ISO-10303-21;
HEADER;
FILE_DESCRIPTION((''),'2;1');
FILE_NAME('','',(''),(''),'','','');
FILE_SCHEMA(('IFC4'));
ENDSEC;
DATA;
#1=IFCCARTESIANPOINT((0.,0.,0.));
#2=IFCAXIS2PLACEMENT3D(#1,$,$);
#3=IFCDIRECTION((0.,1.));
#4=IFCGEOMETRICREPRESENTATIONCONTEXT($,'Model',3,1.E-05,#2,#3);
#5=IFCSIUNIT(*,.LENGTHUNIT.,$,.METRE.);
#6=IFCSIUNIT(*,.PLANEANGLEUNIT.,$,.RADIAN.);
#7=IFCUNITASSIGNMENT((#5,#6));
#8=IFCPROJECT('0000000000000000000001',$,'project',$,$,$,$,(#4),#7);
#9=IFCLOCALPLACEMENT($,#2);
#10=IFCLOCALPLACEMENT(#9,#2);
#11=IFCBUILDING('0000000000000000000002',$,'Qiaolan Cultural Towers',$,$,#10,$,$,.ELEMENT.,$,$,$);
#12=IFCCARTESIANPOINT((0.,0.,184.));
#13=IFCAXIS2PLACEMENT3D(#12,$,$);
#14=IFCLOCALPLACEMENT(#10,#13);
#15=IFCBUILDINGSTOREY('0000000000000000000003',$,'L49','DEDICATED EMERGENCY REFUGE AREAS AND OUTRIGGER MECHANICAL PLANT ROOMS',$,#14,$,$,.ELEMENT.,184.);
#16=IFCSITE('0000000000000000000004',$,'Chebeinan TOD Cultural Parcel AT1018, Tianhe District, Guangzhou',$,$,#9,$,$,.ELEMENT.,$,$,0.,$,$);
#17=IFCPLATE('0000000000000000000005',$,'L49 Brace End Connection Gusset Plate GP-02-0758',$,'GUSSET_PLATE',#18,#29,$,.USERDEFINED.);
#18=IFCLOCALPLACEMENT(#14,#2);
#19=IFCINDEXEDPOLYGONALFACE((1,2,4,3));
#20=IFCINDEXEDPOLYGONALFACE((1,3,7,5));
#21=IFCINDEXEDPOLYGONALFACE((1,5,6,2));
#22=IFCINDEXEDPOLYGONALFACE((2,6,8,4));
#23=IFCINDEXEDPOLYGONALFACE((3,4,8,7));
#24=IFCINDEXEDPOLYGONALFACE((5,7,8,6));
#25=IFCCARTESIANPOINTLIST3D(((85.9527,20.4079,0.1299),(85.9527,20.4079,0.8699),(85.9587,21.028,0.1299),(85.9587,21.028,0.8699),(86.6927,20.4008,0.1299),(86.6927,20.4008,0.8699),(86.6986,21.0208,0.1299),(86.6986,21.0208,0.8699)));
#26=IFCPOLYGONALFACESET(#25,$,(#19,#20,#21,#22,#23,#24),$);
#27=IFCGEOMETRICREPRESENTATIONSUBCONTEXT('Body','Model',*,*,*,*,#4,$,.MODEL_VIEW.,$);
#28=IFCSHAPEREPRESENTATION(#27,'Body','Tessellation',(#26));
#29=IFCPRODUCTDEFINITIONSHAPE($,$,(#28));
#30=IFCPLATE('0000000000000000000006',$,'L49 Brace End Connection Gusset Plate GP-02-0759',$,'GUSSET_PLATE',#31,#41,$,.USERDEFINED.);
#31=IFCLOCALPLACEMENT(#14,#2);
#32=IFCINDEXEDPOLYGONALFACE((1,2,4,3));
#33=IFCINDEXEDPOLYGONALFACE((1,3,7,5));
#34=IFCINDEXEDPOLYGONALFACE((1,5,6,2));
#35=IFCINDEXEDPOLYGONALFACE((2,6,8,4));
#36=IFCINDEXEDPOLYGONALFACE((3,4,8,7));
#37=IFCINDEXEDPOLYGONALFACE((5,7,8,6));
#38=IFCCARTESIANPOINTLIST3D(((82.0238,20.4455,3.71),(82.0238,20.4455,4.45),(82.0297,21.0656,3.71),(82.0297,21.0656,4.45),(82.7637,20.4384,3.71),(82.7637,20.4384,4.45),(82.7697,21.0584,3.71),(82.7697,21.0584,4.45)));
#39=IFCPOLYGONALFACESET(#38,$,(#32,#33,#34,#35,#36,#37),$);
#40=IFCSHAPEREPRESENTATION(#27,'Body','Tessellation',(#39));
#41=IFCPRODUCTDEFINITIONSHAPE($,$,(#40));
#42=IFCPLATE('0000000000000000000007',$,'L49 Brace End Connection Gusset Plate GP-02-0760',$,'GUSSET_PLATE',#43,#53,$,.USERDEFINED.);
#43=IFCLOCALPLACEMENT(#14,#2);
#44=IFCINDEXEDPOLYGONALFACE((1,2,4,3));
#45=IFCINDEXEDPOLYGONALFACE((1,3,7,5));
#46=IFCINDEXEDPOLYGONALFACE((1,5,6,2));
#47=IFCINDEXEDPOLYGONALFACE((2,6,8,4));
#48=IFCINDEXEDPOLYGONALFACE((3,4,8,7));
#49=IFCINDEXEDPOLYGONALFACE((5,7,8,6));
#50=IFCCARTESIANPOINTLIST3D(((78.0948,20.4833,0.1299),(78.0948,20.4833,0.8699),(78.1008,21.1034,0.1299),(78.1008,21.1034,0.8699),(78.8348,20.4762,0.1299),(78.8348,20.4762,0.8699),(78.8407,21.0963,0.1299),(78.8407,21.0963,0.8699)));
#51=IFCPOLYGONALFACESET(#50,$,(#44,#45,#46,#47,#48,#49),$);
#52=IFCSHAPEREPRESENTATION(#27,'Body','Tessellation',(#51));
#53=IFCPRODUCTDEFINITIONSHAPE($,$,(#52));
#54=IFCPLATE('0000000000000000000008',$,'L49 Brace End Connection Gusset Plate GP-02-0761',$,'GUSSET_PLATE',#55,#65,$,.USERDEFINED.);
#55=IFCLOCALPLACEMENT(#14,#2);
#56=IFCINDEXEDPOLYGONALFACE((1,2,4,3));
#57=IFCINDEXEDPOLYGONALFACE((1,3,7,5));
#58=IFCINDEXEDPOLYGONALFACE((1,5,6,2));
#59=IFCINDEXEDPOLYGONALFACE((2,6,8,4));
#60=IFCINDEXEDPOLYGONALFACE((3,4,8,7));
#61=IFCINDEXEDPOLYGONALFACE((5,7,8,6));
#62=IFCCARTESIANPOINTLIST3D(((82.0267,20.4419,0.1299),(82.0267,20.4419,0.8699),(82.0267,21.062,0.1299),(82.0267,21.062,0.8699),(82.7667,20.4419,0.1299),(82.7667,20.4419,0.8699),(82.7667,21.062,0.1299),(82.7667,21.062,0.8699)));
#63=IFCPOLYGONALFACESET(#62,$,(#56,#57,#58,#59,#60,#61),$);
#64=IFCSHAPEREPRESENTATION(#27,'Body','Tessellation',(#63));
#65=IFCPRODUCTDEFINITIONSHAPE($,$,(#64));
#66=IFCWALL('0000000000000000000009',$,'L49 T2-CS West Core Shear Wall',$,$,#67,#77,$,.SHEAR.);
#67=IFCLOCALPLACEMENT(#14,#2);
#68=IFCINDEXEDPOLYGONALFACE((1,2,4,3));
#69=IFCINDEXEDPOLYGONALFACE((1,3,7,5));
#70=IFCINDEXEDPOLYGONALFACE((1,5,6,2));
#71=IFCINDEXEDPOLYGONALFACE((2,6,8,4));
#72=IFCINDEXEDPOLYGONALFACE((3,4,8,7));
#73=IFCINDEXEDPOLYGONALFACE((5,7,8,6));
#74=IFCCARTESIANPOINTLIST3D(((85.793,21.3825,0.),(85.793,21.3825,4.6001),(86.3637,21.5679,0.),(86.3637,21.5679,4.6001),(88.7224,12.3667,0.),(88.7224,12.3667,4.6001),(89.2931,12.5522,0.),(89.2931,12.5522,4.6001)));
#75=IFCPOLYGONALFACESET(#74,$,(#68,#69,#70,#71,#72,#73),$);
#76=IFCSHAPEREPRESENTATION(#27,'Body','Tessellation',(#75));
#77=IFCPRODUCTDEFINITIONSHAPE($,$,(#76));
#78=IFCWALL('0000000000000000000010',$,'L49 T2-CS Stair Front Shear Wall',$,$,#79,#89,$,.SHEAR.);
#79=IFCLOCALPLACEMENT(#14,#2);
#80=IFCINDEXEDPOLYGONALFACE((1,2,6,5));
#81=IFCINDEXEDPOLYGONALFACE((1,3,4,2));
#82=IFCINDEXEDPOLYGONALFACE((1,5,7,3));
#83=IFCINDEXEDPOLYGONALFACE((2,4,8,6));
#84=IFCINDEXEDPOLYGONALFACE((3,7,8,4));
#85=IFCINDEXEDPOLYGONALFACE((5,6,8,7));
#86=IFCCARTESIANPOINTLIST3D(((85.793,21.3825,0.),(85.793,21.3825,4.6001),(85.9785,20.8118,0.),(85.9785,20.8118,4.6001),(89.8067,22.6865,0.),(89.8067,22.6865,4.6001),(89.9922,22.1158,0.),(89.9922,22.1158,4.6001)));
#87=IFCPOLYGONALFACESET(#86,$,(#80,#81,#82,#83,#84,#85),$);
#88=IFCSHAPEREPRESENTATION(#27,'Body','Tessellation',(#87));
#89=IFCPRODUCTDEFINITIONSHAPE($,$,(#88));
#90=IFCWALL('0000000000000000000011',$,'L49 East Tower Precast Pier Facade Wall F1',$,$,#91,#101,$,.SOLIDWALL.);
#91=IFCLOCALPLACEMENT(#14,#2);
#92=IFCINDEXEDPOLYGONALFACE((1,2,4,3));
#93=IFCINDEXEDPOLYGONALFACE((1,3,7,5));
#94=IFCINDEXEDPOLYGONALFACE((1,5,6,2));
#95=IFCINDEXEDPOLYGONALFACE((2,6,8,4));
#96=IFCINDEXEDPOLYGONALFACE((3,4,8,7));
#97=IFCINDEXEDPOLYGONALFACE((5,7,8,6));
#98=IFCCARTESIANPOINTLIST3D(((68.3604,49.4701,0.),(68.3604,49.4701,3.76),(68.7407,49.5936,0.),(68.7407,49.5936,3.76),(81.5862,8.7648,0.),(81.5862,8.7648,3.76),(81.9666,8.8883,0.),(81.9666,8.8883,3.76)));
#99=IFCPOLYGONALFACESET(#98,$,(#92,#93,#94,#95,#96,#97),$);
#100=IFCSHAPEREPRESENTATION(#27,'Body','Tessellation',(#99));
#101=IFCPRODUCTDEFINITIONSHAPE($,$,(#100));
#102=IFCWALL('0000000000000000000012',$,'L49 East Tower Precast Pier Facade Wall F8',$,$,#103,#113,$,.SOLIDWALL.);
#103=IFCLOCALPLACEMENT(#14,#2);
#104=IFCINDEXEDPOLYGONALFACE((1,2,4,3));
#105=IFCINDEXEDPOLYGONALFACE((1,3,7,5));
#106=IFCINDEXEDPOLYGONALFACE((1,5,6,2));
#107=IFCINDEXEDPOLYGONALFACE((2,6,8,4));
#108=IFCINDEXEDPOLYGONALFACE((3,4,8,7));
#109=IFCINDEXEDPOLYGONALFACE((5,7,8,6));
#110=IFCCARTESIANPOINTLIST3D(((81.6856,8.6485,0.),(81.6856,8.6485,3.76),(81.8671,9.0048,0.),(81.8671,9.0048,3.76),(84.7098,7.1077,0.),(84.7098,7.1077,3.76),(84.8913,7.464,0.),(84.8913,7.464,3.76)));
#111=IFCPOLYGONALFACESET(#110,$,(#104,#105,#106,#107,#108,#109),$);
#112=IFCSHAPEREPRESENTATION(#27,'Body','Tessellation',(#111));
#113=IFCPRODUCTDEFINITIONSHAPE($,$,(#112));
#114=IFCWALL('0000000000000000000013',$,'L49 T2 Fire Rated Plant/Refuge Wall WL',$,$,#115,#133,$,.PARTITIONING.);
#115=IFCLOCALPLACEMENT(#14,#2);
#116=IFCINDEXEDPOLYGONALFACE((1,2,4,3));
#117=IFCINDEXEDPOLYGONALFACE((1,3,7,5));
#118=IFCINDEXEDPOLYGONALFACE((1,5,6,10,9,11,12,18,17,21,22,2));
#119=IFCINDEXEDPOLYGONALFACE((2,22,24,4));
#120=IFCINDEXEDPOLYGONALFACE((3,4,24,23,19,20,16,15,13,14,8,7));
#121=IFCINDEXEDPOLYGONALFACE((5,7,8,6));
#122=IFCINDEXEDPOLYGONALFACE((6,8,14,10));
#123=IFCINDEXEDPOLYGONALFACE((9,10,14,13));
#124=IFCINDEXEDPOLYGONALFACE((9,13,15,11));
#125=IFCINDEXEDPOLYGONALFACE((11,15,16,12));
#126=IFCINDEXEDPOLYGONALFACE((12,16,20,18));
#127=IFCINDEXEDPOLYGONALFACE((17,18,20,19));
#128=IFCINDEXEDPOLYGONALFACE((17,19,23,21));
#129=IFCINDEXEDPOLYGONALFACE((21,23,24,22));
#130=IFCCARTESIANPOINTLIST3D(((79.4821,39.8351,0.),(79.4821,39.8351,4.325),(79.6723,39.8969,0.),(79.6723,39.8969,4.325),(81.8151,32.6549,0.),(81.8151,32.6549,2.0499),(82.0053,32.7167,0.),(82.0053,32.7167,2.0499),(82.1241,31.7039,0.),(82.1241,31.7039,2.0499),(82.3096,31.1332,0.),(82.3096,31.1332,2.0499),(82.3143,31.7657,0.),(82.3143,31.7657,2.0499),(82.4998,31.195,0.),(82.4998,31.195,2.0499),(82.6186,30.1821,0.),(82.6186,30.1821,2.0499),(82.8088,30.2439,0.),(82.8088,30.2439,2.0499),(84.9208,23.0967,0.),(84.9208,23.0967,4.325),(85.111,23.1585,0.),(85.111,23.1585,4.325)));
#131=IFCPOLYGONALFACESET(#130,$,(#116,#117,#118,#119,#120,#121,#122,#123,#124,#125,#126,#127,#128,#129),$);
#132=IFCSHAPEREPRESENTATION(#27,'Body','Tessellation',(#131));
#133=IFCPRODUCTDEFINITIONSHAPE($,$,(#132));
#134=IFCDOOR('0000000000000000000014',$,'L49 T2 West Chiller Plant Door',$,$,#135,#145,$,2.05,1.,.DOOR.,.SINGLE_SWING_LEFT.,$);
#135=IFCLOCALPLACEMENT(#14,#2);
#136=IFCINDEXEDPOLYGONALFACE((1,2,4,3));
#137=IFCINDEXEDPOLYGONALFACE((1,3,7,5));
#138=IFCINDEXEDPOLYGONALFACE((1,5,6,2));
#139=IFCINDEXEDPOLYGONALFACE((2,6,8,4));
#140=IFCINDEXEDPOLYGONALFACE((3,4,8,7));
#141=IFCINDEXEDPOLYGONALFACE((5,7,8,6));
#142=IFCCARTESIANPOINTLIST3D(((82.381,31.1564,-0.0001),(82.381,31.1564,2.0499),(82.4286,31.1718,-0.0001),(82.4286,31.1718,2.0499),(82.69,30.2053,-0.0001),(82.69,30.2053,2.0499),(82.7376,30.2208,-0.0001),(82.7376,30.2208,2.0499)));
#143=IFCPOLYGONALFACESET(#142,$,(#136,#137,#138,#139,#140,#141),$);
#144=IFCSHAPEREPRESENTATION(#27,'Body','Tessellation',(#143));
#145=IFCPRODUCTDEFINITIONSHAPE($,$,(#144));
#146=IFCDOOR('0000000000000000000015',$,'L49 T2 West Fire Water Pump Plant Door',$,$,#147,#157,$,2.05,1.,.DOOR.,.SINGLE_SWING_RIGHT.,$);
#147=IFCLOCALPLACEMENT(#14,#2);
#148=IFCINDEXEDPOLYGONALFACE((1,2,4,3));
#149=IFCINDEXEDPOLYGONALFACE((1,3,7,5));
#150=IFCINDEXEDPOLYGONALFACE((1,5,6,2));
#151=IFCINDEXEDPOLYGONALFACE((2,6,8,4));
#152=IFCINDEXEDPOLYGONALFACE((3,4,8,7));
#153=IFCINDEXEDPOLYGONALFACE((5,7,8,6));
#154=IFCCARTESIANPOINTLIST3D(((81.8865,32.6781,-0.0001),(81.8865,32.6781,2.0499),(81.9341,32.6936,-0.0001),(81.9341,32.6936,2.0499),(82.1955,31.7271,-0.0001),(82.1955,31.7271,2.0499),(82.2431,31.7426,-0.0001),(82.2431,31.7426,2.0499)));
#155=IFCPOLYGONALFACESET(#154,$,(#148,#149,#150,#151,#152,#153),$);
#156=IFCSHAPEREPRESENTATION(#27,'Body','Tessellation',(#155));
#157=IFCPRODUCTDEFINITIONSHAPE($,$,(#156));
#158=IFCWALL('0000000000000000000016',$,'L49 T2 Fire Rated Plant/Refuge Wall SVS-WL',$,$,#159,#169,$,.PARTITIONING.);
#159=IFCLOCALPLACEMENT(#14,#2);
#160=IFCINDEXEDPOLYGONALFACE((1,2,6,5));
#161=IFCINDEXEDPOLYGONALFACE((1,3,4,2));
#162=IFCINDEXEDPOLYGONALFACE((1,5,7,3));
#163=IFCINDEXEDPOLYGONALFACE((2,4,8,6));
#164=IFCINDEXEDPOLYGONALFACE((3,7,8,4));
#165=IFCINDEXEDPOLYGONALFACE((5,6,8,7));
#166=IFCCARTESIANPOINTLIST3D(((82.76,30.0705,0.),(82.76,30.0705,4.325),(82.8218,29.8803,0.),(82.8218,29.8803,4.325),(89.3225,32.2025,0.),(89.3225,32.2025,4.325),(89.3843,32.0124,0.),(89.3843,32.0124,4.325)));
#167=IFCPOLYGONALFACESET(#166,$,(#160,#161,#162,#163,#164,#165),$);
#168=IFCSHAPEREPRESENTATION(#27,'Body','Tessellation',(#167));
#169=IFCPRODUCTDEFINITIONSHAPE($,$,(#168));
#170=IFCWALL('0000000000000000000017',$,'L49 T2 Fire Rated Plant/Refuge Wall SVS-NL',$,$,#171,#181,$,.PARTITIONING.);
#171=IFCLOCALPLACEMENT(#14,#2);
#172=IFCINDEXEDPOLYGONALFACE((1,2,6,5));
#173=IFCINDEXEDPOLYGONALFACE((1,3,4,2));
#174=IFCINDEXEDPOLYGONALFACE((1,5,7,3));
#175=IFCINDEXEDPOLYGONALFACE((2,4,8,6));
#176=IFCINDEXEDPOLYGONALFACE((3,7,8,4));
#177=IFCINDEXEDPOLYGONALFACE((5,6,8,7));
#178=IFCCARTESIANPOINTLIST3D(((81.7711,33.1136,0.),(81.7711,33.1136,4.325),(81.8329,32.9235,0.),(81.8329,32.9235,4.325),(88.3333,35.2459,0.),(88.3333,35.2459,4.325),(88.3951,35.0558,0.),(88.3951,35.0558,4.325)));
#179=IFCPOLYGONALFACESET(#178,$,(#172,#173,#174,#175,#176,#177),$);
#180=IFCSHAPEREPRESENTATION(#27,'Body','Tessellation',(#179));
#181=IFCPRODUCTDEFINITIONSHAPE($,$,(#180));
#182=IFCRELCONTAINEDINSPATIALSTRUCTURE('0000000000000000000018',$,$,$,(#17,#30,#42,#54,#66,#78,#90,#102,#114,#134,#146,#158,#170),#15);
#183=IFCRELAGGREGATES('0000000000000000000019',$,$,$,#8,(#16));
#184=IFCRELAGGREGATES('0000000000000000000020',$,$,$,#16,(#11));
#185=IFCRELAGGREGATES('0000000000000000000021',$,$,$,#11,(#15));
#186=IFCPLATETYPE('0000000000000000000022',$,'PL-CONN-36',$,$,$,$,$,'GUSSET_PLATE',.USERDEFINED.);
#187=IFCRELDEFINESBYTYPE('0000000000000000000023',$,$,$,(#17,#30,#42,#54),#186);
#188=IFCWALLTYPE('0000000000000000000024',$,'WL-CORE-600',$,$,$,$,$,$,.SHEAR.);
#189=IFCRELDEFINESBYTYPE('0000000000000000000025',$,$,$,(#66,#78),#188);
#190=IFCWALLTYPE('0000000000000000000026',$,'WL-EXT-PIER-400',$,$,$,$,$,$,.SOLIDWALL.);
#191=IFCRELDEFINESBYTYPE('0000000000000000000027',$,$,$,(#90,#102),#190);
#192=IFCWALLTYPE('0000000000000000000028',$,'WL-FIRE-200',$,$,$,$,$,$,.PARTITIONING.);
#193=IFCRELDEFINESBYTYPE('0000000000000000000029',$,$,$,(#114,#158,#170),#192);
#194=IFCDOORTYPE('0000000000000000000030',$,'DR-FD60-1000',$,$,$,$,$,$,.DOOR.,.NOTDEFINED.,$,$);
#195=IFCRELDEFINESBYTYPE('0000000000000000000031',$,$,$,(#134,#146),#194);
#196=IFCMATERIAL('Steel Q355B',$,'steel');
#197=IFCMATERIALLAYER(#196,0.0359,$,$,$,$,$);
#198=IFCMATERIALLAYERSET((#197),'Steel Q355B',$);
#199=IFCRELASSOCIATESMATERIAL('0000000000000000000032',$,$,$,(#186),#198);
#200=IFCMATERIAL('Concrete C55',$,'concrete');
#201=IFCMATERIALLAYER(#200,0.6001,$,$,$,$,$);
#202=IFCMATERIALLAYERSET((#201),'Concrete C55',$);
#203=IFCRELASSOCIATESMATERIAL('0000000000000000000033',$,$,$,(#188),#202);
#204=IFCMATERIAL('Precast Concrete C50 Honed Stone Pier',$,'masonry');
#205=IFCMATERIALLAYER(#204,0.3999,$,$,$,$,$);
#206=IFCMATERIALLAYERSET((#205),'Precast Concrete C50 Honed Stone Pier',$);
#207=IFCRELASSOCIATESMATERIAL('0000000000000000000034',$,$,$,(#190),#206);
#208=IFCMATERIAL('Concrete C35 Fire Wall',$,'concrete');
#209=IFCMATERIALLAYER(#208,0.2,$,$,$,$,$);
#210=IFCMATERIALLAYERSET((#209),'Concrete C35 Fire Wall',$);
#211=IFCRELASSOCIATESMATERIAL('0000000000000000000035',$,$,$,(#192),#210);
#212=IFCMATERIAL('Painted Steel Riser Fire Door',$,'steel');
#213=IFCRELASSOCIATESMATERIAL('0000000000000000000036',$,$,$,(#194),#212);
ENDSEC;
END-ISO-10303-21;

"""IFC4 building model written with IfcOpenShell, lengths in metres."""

from ifc_helpers import new_model, si_unit, direction, frame, frame_2d, origin, origin_2d, place, context, subcontext, project, spatial, rectangle, extrude, material, layer, layer_set, type_object, element, fill, save


model = new_model("IFC4")

# Units and contexts
model_context = context("Model", 3, precision=1e-05, world=origin(), true_north=direction((0.0, 1.0)))
body_context = subcontext(model_context, "Body", "Model", "MODEL_VIEW")
ifc_project = project(units=[si_unit("LENGTHUNIT", "METRE"), si_unit("PLANEANGLEUNIT", "RADIAN")], contexts=[model_context])

# Site, building, storey
site_placement = place(None, origin())
site = spatial("IfcSite", under=ifc_project, at=site_placement, Name="Chebeinan TOD Cultural Parcel AT1018, Tianhe District, Guangzhou", CompositionType="ELEMENT", RefElevation=0.0)
building_placement = place(site_placement, origin())
building = spatial("IfcBuilding", under=site, at=building_placement, Name="Qiaolan Cultural Towers", CompositionType="ELEMENT")
storey_placement = place(building_placement, frame((0.0, 0.0, 184.0)))
storey = spatial("IfcBuildingStorey", under=building, at=storey_placement, Name="L49", Description="DEDICATED EMERGENCY REFUGE AREAS AND OUTRIGGER MECHANICAL PLANT ROOMS", CompositionType="ELEMENT", Elevation=184.0)

# Plates
ifc_material_1 = material(Name="Steel Q355B", Category="steel")
ifc_layer_1 = layer(ifc_material_1, 0.0359)
ifc_layer_set_1 = layer_set([ifc_layer_1], Name="Steel Q355B")
plate_type = type_object("IfcPlateType", Name="PL-CONN-36", ElementType="GUSSET_PLATE", PredefinedType="USERDEFINED", material=ifc_layer_set_1)
for number, where, z_axis, x_axis, name in (
    (1, (86.3257, 20.7144, 0.1299), (0.0, 0.0, 1.0), (-0.999954, 0.009603, 0.0), "L49 Brace End Connection Gusset Plate GP-02-0758"),
    (2, (82.3967, 20.752, 3.71), (0.0, 0.0, 1.0), (-0.999954, 0.009603, 0.0), "L49 Brace End Connection Gusset Plate GP-02-0759"),
    (3, (78.4678, 20.7898, 0.1299), (0.0, 0.0, 1.0), (-0.999954, 0.009603, 0.0), "L49 Brace End Connection Gusset Plate GP-02-0760"),
    (4, (82.3967, 20.752, 0.1299), (0.0, 0.0, 1.0), (1.0, 0.0, 0.0), "L49 Brace End Connection Gusset Plate GP-02-0761"),
):
    element("IfcPlate", number, at=place(storey_placement, frame(where, z_axis=z_axis, x_axis=x_axis)), inside=storey, type_object=plate_type, Name=name, ObjectType="GUSSET_PLATE", PredefinedType="USERDEFINED", context=body_context, shape_type="SweptSolid", body=[
        extrude(rectangle(XDim=0.74, YDim=0.6201, at=origin_2d()), origin(), (0.0, 0.0, 1.0), 0.74),
    ])

# Walls
ifc_material_2 = material(Name="Concrete C55", Category="concrete")
ifc_layer_2 = layer(ifc_material_2, 0.6001)
ifc_layer_set_2 = layer_set([ifc_layer_2], Name="Concrete C55")
wall_type_1 = type_object("IfcWallType", Name="WL-CORE-600", PredefinedType="SHEAR", material=ifc_layer_set_2)
wall_1_placement = place(storey_placement, frame((86.0784, 21.4751, 0.0), z_axis=(0.0, 0.0, 1.0), x_axis=(0.309018, -0.951056, 0.0)))
element("IfcWall", 5, at=wall_1_placement, inside=storey, type_object=wall_type_1, Name="L49 T2-CS West Core Shear Wall", PredefinedType="SHEAR", context=body_context, shape_type="SweptSolid", body=[
    extrude(rectangle(XDim=9.4797, YDim=0.6001, at=frame_2d((4.7397, 0.0))), origin(), (0.0, 0.0, 1.0), 4.6001),
])
wall_2_placement = place(storey_placement, frame((85.8857, 21.0972, 0.0), z_axis=(0.0, 0.0, 1.0), x_axis=(0.951068, 0.308981, 0.0)))
element("IfcWall", 6, at=wall_2_placement, inside=storey, type_object=wall_type_1, Name="L49 T2-CS Stair Front Shear Wall", PredefinedType="SHEAR", context=body_context, shape_type="SweptSolid", body=[
    extrude(rectangle(XDim=4.2202, YDim=0.6001, at=frame_2d((2.1101, 0.0))), origin(), (0.0, 0.0, 1.0), 4.6001),
])
ifc_material_3 = material(Name="Precast Concrete C50 Honed Stone Pier", Category="masonry")
ifc_layer_3 = layer(ifc_material_3, 0.3999)
ifc_layer_set_3 = layer_set([ifc_layer_3], Name="Precast Concrete C50 Honed Stone Pier")
wall_type_2 = type_object("IfcWallType", Name="WL-EXT-PIER-400", PredefinedType="SOLIDWALL", material=ifc_layer_set_3)
wall_3_placement = place(storey_placement, frame((81.7764, 8.8267, 0.0), z_axis=(0.0, 0.0, 1.0), x_axis=(-0.309014, 0.951057, 0.0)))
element("IfcWall", 7, at=wall_3_placement, inside=storey, type_object=wall_type_2, Name="L49 East Tower Precast Pier Facade Wall F1", PredefinedType="SOLIDWALL", context=body_context, shape_type="SweptSolid", body=[
    extrude(rectangle(XDim=42.8, YDim=0.3999, at=frame_2d((21.3999, 0.0))), origin(), (0.0, 0.0, 1.0), 3.76),
])
wall_4_placement = place(storey_placement, frame((84.8005, 7.2859, 0.0), z_axis=(0.0, 0.0, 1.0), x_axis=(-0.891021, 0.453962, 0.0)))
element("IfcWall", 8, at=wall_4_placement, inside=storey, type_object=wall_type_2, Name="L49 East Tower Precast Pier Facade Wall F8", PredefinedType="SOLIDWALL", context=body_context, shape_type="SweptSolid", body=[
    extrude(rectangle(XDim=3.394, YDim=0.3999, at=frame_2d((1.697, 0.0))), origin(), (0.0, 0.0, 1.0), 3.76),
])

# Wall, openings, doors
ifc_material_4 = material(Name="Concrete C35 Fire Wall", Category="concrete")
ifc_layer_4 = layer(ifc_material_4, 0.2)
ifc_layer_set_4 = layer_set([ifc_layer_4], Name="Concrete C35 Fire Wall")
wall_type_3 = type_object("IfcWallType", Name="WL-FIRE-200", PredefinedType="PARTITIONING", material=ifc_layer_set_4)
wall_5_placement = place(storey_placement, frame((85.0159, 23.1277, 0.0), z_axis=(0.0, 0.0, 1.0), x_axis=(-0.309019, 0.951056, 0.0)))
wall_5 = element("IfcWall", 9, at=wall_5_placement, inside=storey, type_object=wall_type_3, Name="L49 T2 Fire Rated Plant/Refuge Wall WL", PredefinedType="PARTITIONING", context=body_context, shape_type="SweptSolid", body=[
    extrude(rectangle(XDim=17.5999, YDim=0.2, at=frame_2d((8.7998, 0.0))), origin(), (0.0, 0.0, 1.0), 4.325),
])
opening_1_placement = place(wall_5_placement, frame((7.45, 0.0, 0.0)))
opening_1 = element("IfcOpeningElement", 10, at=opening_1_placement, cuts=wall_5, PredefinedType="OPENING", context=body_context, shape_type="SweptSolid", body=[
    extrude(rectangle(XDim=1.0, YDim=2.05, at=frame_2d((0.5, 1.0249))), frame((0.0, 0.1099, 0.0), z_axis=(0.0, -1.0, 0.0), x_axis=(1.0, 0.0, 0.0)), (0.0, 0.0, 1.0), 0.22),
])
opening_2_placement = place(wall_5_placement, frame((9.05, 0.0, 0.0)))
opening_2 = element("IfcOpeningElement", 11, at=opening_2_placement, cuts=wall_5, PredefinedType="OPENING", context=body_context, shape_type="SweptSolid", body=[
    extrude(rectangle(XDim=1.0, YDim=2.05, at=frame_2d((0.5, 1.0249))), frame((0.0, 0.1099, 0.0), z_axis=(0.0, -1.0, 0.0), x_axis=(1.0, 0.0, 0.0)), (0.0, 0.0, 1.0), 0.22),
])
ifc_material_5 = material(Name="Painted Steel Riser Fire Door", Category="steel")
door_type = type_object("IfcDoorType", Name="DR-FD60-1000", OperationType="NOTDEFINED", PredefinedType="DOOR", material=ifc_material_5)
door_1_placement = place(opening_1_placement, origin())
door_1 = element("IfcDoor", 12, at=door_1_placement, inside=storey, type_object=door_type, Name="L49 T2 West Chiller Plant Door", OperationType="SINGLE_SWING_LEFT", OverallHeight=2.05, OverallWidth=1.0, PredefinedType="DOOR", context=body_context, shape_type="SweptSolid", body=[
    extrude(rectangle(XDim=1.0, YDim=2.05, at=frame_2d((0.5, 1.0249))), frame((0.0, 0.0249, 0.0), z_axis=(0.0, -1.0, 0.0), x_axis=(1.0, 0.0, 0.0)), (0.0, 0.0, 1.0), 0.05),
])
fill(opening_1, door_1)
door_2_placement = place(opening_2_placement, origin())
door_2 = element("IfcDoor", 13, at=door_2_placement, inside=storey, type_object=door_type, Name="L49 T2 West Fire Water Pump Plant Door", OperationType="SINGLE_SWING_RIGHT", OverallHeight=2.05, OverallWidth=1.0, PredefinedType="DOOR", context=body_context, shape_type="SweptSolid", body=[
    extrude(rectangle(XDim=1.0, YDim=2.05, at=frame_2d((0.5, 1.0249))), frame((0.0, 0.0249, 0.0), z_axis=(0.0, -1.0, 0.0), x_axis=(1.0, 0.0, 0.0)), (0.0, 0.0, 1.0), 0.05),
])
fill(opening_2, door_2)

# Walls
wall_6_placement = place(storey_placement, frame((82.7908, 29.9753, 0.0), z_axis=(0.0, 0.0, 1.0), x_axis=(0.951065, 0.30899, 0.0)))
element("IfcWall", 14, at=wall_6_placement, inside=storey, type_object=wall_type_3, Name="L49 T2 Fire Rated Plant/Refuge Wall SVS-WL", PredefinedType="PARTITIONING", context=body_context, shape_type="SweptSolid", body=[
    extrude(rectangle(XDim=6.9001, YDim=0.2, at=frame_2d((3.4502, 0.0))), origin(), (0.0, 0.0, 1.0), 4.325),
])
wall_7_placement = place(storey_placement, frame((81.802, 33.0186, 0.0), z_axis=(0.0, 0.0, 1.0), x_axis=(0.951051, 0.309032, 0.0)))
element("IfcWall", 15, at=wall_7_placement, inside=storey, type_object=wall_type_3, Name="L49 T2 Fire Rated Plant/Refuge Wall SVS-NL", PredefinedType="PARTITIONING", context=body_context, shape_type="SweptSolid", body=[
    extrude(rectangle(XDim=6.8999, YDim=0.2, at=frame_2d((3.45, 0.0))), origin(), (0.0, 0.0, 1.0), 4.325),
])

save(model, "model.ifc")
